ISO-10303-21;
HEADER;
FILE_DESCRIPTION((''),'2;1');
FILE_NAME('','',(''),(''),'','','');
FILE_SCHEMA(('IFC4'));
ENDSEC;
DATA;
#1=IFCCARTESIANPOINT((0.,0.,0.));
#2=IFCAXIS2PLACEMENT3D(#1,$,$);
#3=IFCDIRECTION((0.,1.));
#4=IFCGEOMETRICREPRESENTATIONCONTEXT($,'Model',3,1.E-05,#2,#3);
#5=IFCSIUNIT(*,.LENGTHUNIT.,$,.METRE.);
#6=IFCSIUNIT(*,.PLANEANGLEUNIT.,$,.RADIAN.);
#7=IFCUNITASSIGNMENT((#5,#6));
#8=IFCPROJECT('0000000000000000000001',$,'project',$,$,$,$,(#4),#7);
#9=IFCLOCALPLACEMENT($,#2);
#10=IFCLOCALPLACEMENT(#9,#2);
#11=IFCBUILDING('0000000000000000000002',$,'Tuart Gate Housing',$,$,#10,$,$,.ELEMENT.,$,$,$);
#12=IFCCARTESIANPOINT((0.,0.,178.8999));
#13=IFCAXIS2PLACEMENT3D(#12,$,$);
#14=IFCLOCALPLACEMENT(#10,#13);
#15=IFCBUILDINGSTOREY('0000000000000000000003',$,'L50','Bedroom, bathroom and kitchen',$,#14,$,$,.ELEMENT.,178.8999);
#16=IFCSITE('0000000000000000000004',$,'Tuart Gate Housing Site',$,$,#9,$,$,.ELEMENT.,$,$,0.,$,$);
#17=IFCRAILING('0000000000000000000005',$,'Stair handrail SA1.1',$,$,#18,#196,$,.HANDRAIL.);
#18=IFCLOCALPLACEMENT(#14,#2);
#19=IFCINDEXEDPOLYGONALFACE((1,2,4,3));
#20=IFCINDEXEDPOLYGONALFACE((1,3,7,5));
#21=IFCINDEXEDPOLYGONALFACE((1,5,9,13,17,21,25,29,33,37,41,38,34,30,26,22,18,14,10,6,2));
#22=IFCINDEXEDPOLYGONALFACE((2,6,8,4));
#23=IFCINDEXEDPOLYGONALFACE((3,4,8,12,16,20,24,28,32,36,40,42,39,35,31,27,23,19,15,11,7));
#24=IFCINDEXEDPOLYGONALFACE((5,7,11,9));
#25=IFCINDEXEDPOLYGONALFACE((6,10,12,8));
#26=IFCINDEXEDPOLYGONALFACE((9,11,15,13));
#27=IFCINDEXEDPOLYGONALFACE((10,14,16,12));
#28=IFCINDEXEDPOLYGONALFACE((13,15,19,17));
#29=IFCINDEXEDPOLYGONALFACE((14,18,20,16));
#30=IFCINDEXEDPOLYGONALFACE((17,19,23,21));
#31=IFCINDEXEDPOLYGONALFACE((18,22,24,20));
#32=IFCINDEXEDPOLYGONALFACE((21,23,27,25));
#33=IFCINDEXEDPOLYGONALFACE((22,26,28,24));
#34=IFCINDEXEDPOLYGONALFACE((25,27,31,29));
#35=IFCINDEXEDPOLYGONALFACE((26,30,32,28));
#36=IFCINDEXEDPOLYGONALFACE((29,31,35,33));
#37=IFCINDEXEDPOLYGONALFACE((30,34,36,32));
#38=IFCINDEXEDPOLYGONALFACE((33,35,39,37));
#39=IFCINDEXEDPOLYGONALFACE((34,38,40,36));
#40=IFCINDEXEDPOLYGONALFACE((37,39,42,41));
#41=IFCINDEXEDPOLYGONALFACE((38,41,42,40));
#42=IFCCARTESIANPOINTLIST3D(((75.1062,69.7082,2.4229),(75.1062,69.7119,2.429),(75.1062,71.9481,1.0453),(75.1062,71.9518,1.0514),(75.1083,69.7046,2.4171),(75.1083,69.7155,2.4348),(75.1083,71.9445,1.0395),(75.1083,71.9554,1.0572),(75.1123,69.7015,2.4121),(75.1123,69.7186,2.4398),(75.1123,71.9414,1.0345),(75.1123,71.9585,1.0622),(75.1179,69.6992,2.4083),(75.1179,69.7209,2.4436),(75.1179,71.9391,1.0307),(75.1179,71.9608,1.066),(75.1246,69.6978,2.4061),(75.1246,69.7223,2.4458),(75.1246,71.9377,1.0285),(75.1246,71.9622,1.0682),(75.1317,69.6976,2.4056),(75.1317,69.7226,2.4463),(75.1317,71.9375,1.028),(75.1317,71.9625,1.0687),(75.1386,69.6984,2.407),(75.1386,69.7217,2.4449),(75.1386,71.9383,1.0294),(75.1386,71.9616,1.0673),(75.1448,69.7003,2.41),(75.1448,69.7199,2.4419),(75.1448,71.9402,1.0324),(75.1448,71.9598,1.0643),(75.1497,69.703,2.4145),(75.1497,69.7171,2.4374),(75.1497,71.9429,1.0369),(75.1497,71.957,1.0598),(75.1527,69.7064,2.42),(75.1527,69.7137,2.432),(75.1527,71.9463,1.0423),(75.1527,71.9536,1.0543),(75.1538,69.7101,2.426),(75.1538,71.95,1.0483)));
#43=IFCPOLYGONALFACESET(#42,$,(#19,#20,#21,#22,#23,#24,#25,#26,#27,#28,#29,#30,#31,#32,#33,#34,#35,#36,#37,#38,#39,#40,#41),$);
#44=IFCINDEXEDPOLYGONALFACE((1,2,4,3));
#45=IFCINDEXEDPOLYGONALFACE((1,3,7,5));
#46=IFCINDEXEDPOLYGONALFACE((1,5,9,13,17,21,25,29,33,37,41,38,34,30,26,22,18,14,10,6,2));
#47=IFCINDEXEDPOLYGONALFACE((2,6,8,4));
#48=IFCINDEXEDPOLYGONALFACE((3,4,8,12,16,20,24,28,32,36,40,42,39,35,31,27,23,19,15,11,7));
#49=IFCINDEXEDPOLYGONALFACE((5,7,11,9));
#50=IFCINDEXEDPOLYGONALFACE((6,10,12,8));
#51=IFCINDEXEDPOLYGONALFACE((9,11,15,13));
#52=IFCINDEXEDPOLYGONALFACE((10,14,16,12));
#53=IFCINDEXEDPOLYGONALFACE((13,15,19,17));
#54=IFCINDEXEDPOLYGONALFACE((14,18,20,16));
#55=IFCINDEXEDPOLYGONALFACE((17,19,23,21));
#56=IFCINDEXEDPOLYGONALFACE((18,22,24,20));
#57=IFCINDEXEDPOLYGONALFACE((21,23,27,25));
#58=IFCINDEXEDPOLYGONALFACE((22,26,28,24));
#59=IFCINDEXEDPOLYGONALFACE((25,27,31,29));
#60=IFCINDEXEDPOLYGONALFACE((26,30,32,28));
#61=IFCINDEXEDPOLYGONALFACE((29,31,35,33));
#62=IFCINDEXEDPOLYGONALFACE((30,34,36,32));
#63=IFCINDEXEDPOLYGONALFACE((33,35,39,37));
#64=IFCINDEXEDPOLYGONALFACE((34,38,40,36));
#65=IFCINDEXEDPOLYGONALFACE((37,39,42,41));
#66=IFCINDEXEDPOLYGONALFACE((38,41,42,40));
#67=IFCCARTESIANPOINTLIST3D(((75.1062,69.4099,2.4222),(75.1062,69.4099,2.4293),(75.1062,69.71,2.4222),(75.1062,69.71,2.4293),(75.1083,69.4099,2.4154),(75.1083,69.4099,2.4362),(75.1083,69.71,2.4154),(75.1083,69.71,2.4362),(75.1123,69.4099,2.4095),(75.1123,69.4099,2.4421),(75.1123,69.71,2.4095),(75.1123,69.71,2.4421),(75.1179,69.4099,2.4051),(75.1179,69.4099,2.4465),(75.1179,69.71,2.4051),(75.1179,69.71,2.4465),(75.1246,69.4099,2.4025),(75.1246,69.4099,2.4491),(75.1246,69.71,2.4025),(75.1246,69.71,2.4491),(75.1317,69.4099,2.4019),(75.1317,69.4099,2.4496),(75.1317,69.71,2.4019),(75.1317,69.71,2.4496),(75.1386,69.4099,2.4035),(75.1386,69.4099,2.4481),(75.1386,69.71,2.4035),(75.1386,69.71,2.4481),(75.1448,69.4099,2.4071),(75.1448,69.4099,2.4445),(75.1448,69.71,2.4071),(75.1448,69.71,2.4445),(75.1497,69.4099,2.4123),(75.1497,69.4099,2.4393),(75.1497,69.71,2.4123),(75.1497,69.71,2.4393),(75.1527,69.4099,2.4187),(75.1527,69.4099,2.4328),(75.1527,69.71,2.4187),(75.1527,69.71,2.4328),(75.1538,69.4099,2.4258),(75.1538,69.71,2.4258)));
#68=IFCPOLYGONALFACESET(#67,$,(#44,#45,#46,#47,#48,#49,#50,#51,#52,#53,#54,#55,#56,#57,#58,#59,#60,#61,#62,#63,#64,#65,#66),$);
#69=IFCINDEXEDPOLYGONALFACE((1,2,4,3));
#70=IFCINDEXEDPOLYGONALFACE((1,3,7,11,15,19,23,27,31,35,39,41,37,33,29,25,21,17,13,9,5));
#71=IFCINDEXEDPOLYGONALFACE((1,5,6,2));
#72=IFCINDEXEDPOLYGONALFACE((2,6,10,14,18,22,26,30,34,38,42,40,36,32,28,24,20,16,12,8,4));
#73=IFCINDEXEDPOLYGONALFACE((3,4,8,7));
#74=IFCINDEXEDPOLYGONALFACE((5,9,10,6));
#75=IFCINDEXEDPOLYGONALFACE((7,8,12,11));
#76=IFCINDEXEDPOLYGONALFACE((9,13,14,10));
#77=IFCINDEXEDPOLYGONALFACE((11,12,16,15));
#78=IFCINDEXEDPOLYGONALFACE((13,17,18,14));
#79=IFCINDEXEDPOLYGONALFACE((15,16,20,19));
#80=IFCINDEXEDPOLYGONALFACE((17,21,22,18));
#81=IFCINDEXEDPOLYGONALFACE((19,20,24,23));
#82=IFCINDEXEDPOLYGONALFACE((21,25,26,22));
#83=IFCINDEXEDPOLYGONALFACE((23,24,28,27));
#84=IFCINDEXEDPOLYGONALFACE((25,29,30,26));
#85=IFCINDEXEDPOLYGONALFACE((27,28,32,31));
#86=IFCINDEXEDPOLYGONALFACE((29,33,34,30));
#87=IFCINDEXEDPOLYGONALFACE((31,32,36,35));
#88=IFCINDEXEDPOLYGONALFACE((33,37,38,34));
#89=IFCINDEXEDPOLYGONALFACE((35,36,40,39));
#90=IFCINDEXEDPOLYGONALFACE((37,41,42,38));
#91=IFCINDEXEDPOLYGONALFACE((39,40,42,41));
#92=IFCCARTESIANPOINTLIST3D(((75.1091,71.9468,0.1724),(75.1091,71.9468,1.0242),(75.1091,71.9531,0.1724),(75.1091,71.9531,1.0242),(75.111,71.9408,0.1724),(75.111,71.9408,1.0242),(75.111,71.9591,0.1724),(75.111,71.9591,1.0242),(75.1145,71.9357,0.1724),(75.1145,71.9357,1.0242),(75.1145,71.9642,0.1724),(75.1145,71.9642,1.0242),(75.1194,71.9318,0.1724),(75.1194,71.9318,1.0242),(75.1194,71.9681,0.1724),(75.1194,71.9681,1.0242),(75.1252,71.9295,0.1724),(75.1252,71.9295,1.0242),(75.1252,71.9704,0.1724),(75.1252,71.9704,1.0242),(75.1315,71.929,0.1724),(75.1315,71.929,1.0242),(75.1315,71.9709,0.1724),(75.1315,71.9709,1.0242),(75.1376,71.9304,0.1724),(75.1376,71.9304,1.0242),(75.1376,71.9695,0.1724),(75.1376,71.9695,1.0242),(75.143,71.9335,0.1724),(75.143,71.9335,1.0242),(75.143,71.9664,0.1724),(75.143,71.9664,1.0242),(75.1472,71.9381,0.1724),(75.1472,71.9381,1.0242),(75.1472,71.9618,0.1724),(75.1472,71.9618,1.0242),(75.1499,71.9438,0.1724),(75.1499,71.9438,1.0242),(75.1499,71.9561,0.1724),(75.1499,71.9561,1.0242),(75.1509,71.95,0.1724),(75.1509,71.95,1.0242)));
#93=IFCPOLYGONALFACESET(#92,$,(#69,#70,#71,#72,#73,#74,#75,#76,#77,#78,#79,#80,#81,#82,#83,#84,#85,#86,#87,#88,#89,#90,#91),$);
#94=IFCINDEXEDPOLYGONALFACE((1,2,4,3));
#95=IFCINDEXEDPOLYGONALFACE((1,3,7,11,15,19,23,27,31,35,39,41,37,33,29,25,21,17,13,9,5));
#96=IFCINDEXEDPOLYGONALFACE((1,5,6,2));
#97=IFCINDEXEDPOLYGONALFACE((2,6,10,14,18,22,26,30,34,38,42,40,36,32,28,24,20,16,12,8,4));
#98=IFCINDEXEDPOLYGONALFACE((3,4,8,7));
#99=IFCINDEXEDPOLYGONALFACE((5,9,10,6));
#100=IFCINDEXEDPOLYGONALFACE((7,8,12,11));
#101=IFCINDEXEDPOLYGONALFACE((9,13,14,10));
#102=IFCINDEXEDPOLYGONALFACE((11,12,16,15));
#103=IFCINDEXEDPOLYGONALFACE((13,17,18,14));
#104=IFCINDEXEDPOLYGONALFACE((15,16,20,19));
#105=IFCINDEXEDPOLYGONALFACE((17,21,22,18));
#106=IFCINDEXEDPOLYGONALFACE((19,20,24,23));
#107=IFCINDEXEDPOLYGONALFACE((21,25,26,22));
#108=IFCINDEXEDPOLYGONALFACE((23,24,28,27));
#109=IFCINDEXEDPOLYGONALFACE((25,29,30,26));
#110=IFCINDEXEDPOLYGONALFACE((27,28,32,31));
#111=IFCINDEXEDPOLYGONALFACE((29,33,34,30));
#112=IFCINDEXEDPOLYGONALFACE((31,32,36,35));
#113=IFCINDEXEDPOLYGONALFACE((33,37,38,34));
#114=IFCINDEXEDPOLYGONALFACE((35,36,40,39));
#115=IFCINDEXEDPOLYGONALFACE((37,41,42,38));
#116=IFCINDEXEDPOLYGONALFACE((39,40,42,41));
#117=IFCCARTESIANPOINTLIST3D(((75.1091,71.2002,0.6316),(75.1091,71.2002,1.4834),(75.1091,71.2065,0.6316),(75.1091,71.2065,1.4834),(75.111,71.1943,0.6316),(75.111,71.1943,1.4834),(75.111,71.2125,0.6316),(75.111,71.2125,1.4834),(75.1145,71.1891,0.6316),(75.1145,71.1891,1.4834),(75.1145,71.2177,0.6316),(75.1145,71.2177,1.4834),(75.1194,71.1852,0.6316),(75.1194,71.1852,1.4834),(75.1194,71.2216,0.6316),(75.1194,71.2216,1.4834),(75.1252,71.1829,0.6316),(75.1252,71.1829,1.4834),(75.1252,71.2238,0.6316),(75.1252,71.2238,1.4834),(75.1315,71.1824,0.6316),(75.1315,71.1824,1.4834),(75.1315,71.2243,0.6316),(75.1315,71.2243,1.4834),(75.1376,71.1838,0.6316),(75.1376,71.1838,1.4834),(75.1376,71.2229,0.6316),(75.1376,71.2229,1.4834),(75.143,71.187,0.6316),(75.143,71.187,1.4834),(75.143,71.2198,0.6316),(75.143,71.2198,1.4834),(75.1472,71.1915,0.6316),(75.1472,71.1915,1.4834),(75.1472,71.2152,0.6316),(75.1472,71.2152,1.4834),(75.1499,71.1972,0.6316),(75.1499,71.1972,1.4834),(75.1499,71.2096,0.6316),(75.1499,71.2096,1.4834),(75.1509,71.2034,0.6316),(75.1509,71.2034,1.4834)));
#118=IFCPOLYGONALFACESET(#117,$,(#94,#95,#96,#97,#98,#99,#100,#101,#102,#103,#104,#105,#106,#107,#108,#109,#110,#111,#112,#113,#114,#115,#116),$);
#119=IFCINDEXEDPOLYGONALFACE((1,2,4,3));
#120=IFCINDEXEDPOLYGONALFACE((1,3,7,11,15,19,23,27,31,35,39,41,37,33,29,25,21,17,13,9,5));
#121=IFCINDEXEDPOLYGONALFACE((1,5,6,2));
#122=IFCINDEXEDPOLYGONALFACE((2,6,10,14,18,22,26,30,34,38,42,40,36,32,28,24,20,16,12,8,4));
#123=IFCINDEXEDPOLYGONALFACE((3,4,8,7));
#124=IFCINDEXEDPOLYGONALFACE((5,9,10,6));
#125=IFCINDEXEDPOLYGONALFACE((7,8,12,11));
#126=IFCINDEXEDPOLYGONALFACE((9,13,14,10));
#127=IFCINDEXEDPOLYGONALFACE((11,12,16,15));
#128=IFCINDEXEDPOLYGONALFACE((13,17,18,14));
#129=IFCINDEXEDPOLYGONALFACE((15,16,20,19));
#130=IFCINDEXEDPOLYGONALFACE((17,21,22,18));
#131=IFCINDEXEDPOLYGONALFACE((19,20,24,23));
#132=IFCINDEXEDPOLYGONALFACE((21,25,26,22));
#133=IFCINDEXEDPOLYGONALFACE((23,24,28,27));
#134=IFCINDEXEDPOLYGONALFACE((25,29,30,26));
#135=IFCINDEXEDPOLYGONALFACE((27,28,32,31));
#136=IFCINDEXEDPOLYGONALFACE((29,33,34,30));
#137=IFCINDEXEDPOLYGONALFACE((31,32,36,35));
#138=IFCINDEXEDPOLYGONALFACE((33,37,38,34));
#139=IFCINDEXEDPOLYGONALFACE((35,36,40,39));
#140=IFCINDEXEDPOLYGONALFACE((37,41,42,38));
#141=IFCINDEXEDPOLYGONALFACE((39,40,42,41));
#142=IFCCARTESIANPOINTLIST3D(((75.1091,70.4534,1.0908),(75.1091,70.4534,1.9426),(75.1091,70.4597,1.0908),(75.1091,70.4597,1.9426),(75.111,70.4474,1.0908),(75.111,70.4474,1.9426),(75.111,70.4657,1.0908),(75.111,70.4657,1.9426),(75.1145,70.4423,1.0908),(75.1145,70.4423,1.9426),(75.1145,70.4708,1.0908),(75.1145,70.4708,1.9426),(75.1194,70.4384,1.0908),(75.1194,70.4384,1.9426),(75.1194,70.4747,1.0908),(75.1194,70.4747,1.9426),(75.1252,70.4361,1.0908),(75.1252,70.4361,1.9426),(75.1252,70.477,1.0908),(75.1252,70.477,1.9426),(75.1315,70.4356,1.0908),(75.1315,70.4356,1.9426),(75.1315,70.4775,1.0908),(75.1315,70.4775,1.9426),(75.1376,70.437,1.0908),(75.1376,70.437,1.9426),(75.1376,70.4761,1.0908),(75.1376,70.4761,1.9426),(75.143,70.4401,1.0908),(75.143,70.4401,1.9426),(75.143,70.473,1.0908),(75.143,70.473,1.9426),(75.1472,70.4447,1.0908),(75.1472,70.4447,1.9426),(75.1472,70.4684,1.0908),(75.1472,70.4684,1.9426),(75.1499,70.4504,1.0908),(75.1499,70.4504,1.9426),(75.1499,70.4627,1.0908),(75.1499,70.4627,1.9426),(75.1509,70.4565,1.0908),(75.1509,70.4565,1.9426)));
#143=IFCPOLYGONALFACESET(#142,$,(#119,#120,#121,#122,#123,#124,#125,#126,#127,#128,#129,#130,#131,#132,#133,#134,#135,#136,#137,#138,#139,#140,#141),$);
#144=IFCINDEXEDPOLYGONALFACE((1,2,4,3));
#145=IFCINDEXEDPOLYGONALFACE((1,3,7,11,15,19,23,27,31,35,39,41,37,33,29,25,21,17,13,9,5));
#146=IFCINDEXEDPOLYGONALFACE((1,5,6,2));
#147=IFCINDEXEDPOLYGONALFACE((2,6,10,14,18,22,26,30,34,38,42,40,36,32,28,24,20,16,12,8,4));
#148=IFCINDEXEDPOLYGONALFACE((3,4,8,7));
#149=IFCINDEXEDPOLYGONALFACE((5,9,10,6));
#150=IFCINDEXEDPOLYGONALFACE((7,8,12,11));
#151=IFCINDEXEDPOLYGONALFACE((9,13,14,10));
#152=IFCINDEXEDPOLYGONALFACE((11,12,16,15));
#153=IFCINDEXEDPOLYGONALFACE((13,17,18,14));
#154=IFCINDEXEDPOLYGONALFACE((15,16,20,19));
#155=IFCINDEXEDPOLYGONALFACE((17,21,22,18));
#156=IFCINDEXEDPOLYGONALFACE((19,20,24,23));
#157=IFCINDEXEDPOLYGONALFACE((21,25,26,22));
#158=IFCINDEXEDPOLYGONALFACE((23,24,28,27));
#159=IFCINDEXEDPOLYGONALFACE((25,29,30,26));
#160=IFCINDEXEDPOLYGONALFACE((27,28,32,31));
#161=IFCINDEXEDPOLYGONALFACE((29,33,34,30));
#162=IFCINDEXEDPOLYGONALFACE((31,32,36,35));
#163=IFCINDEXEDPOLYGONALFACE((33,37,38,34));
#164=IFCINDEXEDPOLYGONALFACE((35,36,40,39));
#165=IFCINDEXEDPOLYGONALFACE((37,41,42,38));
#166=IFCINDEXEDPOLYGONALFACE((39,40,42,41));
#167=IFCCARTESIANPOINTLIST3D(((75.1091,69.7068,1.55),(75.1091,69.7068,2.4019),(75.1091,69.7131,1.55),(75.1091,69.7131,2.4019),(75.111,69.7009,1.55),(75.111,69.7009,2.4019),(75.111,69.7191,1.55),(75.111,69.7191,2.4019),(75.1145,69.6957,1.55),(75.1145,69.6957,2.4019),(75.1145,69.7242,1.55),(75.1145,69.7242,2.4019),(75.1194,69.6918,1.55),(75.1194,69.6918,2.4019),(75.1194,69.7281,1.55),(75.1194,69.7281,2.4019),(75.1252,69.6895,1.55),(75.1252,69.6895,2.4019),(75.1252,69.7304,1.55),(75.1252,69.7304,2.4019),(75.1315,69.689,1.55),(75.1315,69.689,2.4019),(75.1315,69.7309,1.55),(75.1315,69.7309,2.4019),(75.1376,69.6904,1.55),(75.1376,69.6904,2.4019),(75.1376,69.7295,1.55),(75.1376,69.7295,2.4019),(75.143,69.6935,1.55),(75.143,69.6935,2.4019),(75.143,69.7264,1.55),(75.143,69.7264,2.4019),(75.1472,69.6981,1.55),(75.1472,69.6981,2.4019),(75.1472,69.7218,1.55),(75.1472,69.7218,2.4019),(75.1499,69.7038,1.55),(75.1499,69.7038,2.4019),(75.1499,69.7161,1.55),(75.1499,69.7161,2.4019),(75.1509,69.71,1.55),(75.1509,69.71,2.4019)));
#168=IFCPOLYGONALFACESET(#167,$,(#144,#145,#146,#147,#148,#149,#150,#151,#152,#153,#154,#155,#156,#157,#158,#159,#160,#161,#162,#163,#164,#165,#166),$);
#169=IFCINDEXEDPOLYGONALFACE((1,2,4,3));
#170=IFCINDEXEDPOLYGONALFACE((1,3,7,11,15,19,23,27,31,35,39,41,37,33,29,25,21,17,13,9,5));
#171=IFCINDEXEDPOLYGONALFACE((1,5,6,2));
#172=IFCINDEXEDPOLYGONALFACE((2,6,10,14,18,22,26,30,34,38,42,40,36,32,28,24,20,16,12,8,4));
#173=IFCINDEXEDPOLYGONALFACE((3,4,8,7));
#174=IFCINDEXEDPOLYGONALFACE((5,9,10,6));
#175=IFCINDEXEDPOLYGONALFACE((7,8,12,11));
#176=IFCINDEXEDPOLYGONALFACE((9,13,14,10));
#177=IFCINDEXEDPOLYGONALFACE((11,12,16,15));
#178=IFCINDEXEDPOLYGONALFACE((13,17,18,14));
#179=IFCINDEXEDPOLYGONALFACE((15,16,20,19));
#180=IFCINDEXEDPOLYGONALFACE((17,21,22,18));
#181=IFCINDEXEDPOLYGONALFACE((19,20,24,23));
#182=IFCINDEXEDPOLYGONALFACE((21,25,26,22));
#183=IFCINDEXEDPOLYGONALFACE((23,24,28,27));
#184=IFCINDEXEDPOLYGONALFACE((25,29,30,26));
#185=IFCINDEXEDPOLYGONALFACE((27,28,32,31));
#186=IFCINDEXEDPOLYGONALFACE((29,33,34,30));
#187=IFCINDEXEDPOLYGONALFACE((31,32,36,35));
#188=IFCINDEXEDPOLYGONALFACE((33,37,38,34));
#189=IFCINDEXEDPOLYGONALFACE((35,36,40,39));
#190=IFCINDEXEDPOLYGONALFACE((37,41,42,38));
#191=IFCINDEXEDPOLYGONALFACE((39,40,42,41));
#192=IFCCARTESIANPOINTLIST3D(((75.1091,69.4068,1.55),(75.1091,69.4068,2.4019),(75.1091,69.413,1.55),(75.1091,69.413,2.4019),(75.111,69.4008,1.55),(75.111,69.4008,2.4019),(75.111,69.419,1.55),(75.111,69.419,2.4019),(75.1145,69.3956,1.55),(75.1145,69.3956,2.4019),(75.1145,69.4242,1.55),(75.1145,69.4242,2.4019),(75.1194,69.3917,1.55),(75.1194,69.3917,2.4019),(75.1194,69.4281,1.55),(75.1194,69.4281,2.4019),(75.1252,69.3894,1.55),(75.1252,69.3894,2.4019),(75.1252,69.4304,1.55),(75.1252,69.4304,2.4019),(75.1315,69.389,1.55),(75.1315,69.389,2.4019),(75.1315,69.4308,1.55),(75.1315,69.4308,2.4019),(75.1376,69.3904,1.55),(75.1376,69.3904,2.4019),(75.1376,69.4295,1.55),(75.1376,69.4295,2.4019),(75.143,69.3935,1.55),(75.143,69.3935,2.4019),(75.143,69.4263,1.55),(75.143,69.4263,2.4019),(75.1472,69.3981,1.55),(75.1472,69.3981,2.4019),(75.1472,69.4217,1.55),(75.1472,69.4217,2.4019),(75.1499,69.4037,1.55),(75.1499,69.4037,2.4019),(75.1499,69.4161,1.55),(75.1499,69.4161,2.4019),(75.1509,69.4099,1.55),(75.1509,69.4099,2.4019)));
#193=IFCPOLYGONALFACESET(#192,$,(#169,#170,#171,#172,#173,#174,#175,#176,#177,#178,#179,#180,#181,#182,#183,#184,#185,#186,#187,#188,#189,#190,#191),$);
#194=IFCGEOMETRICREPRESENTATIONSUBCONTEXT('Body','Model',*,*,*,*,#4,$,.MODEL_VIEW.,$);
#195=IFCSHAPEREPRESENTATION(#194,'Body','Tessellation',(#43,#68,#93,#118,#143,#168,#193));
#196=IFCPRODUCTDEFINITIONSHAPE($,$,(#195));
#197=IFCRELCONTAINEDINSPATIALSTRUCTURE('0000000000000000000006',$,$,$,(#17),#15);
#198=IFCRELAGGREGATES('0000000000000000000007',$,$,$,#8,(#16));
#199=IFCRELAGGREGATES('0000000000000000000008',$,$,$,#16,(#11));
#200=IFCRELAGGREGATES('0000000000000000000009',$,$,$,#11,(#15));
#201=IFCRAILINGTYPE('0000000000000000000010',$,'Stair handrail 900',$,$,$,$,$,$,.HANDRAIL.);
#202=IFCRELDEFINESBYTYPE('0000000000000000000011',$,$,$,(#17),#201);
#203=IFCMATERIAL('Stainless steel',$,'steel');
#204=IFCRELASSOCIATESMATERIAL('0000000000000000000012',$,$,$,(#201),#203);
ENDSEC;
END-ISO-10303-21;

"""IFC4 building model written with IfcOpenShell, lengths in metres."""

from ifc_helpers import new_model, si_unit, direction, frame, origin, origin_2d, place, context, subcontext, project, spatial, circle, extrude, material, type_object, element, save


model = new_model("IFC4")

# Units and contexts
model_context = context("Model", 3, precision=1e-05, world=origin(), true_north=direction((0.0, 1.0)))
body_context = subcontext(model_context, "Body", "Model", "MODEL_VIEW")
ifc_project = project(units=[si_unit("LENGTHUNIT", "METRE"), si_unit("PLANEANGLEUNIT", "RADIAN")], contexts=[model_context])

# Site, building, storey
site_placement = place(None, origin())
site = spatial("IfcSite", under=ifc_project, at=site_placement, Name="Tuart Gate Housing Site", CompositionType="ELEMENT", RefElevation=0.0)
building_placement = place(site_placement, origin())
building = spatial("IfcBuilding", under=site, at=building_placement, Name="Tuart Gate Housing", CompositionType="ELEMENT")
storey_placement = place(building_placement, frame((0.0, 0.0, 178.8999)))
storey = spatial("IfcBuildingStorey", under=building, at=storey_placement, Name="L50", Description="Bedroom, bathroom and kitchen", CompositionType="ELEMENT", Elevation=178.8999)

# Railing
ifc_material_1 = material(Name="Stainless steel", Category="steel")
railing_type = type_object("IfcRailingType", Name="Stair handrail 900", PredefinedType="HANDRAIL", material=ifc_material_1)
railing_placement = place(storey_placement, frame((75.1299, 71.95, 0.1724)))
element("IfcRailing", 1, at=railing_placement, inside=storey, type_object=railing_type, Name="Stair handrail SA1.1", PredefinedType="HANDRAIL", context=body_context, shape_type="SweptSolid", body=[
    extrude(circle(Radius=0.0239, at=origin_2d()), frame((0.0, 0.0, 0.876), z_axis=(0.0, -0.851789, 0.523885), x_axis=(1.0, 0.0, 0.0)), (0.0, 0.0, 1.0), 2.6296),
    extrude(circle(Radius=0.0239, at=origin_2d()), frame((0.0, -2.24, 2.2534), z_axis=(0.0, -1.0, 0.0), x_axis=(1.0, 0.0, 0.0)), (0.0, 0.0, 1.0), 0.3),
    extrude(circle(Radius=0.021, at=origin_2d()), origin(), (0.0, 0.0, 1.0), 0.8518),
    extrude(circle(Radius=0.021, at=origin_2d()), frame((0.0, -0.7466, 0.4592)), (0.0, 0.0, 1.0), 0.8518),
    extrude(circle(Radius=0.021, at=origin_2d()), frame((0.0, -1.4934, 0.9185)), (0.0, 0.0, 1.0), 0.8518),
    extrude(circle(Radius=0.021, at=origin_2d()), frame((0.0, -2.24, 1.3777)), (0.0, 0.0, 1.0), 0.8518),
    extrude(circle(Radius=0.021, at=origin_2d()), frame((0.0, -2.54, 1.3777)), (0.0, 0.0, 1.0), 0.8518),
])

save(model, "model.ifc")
